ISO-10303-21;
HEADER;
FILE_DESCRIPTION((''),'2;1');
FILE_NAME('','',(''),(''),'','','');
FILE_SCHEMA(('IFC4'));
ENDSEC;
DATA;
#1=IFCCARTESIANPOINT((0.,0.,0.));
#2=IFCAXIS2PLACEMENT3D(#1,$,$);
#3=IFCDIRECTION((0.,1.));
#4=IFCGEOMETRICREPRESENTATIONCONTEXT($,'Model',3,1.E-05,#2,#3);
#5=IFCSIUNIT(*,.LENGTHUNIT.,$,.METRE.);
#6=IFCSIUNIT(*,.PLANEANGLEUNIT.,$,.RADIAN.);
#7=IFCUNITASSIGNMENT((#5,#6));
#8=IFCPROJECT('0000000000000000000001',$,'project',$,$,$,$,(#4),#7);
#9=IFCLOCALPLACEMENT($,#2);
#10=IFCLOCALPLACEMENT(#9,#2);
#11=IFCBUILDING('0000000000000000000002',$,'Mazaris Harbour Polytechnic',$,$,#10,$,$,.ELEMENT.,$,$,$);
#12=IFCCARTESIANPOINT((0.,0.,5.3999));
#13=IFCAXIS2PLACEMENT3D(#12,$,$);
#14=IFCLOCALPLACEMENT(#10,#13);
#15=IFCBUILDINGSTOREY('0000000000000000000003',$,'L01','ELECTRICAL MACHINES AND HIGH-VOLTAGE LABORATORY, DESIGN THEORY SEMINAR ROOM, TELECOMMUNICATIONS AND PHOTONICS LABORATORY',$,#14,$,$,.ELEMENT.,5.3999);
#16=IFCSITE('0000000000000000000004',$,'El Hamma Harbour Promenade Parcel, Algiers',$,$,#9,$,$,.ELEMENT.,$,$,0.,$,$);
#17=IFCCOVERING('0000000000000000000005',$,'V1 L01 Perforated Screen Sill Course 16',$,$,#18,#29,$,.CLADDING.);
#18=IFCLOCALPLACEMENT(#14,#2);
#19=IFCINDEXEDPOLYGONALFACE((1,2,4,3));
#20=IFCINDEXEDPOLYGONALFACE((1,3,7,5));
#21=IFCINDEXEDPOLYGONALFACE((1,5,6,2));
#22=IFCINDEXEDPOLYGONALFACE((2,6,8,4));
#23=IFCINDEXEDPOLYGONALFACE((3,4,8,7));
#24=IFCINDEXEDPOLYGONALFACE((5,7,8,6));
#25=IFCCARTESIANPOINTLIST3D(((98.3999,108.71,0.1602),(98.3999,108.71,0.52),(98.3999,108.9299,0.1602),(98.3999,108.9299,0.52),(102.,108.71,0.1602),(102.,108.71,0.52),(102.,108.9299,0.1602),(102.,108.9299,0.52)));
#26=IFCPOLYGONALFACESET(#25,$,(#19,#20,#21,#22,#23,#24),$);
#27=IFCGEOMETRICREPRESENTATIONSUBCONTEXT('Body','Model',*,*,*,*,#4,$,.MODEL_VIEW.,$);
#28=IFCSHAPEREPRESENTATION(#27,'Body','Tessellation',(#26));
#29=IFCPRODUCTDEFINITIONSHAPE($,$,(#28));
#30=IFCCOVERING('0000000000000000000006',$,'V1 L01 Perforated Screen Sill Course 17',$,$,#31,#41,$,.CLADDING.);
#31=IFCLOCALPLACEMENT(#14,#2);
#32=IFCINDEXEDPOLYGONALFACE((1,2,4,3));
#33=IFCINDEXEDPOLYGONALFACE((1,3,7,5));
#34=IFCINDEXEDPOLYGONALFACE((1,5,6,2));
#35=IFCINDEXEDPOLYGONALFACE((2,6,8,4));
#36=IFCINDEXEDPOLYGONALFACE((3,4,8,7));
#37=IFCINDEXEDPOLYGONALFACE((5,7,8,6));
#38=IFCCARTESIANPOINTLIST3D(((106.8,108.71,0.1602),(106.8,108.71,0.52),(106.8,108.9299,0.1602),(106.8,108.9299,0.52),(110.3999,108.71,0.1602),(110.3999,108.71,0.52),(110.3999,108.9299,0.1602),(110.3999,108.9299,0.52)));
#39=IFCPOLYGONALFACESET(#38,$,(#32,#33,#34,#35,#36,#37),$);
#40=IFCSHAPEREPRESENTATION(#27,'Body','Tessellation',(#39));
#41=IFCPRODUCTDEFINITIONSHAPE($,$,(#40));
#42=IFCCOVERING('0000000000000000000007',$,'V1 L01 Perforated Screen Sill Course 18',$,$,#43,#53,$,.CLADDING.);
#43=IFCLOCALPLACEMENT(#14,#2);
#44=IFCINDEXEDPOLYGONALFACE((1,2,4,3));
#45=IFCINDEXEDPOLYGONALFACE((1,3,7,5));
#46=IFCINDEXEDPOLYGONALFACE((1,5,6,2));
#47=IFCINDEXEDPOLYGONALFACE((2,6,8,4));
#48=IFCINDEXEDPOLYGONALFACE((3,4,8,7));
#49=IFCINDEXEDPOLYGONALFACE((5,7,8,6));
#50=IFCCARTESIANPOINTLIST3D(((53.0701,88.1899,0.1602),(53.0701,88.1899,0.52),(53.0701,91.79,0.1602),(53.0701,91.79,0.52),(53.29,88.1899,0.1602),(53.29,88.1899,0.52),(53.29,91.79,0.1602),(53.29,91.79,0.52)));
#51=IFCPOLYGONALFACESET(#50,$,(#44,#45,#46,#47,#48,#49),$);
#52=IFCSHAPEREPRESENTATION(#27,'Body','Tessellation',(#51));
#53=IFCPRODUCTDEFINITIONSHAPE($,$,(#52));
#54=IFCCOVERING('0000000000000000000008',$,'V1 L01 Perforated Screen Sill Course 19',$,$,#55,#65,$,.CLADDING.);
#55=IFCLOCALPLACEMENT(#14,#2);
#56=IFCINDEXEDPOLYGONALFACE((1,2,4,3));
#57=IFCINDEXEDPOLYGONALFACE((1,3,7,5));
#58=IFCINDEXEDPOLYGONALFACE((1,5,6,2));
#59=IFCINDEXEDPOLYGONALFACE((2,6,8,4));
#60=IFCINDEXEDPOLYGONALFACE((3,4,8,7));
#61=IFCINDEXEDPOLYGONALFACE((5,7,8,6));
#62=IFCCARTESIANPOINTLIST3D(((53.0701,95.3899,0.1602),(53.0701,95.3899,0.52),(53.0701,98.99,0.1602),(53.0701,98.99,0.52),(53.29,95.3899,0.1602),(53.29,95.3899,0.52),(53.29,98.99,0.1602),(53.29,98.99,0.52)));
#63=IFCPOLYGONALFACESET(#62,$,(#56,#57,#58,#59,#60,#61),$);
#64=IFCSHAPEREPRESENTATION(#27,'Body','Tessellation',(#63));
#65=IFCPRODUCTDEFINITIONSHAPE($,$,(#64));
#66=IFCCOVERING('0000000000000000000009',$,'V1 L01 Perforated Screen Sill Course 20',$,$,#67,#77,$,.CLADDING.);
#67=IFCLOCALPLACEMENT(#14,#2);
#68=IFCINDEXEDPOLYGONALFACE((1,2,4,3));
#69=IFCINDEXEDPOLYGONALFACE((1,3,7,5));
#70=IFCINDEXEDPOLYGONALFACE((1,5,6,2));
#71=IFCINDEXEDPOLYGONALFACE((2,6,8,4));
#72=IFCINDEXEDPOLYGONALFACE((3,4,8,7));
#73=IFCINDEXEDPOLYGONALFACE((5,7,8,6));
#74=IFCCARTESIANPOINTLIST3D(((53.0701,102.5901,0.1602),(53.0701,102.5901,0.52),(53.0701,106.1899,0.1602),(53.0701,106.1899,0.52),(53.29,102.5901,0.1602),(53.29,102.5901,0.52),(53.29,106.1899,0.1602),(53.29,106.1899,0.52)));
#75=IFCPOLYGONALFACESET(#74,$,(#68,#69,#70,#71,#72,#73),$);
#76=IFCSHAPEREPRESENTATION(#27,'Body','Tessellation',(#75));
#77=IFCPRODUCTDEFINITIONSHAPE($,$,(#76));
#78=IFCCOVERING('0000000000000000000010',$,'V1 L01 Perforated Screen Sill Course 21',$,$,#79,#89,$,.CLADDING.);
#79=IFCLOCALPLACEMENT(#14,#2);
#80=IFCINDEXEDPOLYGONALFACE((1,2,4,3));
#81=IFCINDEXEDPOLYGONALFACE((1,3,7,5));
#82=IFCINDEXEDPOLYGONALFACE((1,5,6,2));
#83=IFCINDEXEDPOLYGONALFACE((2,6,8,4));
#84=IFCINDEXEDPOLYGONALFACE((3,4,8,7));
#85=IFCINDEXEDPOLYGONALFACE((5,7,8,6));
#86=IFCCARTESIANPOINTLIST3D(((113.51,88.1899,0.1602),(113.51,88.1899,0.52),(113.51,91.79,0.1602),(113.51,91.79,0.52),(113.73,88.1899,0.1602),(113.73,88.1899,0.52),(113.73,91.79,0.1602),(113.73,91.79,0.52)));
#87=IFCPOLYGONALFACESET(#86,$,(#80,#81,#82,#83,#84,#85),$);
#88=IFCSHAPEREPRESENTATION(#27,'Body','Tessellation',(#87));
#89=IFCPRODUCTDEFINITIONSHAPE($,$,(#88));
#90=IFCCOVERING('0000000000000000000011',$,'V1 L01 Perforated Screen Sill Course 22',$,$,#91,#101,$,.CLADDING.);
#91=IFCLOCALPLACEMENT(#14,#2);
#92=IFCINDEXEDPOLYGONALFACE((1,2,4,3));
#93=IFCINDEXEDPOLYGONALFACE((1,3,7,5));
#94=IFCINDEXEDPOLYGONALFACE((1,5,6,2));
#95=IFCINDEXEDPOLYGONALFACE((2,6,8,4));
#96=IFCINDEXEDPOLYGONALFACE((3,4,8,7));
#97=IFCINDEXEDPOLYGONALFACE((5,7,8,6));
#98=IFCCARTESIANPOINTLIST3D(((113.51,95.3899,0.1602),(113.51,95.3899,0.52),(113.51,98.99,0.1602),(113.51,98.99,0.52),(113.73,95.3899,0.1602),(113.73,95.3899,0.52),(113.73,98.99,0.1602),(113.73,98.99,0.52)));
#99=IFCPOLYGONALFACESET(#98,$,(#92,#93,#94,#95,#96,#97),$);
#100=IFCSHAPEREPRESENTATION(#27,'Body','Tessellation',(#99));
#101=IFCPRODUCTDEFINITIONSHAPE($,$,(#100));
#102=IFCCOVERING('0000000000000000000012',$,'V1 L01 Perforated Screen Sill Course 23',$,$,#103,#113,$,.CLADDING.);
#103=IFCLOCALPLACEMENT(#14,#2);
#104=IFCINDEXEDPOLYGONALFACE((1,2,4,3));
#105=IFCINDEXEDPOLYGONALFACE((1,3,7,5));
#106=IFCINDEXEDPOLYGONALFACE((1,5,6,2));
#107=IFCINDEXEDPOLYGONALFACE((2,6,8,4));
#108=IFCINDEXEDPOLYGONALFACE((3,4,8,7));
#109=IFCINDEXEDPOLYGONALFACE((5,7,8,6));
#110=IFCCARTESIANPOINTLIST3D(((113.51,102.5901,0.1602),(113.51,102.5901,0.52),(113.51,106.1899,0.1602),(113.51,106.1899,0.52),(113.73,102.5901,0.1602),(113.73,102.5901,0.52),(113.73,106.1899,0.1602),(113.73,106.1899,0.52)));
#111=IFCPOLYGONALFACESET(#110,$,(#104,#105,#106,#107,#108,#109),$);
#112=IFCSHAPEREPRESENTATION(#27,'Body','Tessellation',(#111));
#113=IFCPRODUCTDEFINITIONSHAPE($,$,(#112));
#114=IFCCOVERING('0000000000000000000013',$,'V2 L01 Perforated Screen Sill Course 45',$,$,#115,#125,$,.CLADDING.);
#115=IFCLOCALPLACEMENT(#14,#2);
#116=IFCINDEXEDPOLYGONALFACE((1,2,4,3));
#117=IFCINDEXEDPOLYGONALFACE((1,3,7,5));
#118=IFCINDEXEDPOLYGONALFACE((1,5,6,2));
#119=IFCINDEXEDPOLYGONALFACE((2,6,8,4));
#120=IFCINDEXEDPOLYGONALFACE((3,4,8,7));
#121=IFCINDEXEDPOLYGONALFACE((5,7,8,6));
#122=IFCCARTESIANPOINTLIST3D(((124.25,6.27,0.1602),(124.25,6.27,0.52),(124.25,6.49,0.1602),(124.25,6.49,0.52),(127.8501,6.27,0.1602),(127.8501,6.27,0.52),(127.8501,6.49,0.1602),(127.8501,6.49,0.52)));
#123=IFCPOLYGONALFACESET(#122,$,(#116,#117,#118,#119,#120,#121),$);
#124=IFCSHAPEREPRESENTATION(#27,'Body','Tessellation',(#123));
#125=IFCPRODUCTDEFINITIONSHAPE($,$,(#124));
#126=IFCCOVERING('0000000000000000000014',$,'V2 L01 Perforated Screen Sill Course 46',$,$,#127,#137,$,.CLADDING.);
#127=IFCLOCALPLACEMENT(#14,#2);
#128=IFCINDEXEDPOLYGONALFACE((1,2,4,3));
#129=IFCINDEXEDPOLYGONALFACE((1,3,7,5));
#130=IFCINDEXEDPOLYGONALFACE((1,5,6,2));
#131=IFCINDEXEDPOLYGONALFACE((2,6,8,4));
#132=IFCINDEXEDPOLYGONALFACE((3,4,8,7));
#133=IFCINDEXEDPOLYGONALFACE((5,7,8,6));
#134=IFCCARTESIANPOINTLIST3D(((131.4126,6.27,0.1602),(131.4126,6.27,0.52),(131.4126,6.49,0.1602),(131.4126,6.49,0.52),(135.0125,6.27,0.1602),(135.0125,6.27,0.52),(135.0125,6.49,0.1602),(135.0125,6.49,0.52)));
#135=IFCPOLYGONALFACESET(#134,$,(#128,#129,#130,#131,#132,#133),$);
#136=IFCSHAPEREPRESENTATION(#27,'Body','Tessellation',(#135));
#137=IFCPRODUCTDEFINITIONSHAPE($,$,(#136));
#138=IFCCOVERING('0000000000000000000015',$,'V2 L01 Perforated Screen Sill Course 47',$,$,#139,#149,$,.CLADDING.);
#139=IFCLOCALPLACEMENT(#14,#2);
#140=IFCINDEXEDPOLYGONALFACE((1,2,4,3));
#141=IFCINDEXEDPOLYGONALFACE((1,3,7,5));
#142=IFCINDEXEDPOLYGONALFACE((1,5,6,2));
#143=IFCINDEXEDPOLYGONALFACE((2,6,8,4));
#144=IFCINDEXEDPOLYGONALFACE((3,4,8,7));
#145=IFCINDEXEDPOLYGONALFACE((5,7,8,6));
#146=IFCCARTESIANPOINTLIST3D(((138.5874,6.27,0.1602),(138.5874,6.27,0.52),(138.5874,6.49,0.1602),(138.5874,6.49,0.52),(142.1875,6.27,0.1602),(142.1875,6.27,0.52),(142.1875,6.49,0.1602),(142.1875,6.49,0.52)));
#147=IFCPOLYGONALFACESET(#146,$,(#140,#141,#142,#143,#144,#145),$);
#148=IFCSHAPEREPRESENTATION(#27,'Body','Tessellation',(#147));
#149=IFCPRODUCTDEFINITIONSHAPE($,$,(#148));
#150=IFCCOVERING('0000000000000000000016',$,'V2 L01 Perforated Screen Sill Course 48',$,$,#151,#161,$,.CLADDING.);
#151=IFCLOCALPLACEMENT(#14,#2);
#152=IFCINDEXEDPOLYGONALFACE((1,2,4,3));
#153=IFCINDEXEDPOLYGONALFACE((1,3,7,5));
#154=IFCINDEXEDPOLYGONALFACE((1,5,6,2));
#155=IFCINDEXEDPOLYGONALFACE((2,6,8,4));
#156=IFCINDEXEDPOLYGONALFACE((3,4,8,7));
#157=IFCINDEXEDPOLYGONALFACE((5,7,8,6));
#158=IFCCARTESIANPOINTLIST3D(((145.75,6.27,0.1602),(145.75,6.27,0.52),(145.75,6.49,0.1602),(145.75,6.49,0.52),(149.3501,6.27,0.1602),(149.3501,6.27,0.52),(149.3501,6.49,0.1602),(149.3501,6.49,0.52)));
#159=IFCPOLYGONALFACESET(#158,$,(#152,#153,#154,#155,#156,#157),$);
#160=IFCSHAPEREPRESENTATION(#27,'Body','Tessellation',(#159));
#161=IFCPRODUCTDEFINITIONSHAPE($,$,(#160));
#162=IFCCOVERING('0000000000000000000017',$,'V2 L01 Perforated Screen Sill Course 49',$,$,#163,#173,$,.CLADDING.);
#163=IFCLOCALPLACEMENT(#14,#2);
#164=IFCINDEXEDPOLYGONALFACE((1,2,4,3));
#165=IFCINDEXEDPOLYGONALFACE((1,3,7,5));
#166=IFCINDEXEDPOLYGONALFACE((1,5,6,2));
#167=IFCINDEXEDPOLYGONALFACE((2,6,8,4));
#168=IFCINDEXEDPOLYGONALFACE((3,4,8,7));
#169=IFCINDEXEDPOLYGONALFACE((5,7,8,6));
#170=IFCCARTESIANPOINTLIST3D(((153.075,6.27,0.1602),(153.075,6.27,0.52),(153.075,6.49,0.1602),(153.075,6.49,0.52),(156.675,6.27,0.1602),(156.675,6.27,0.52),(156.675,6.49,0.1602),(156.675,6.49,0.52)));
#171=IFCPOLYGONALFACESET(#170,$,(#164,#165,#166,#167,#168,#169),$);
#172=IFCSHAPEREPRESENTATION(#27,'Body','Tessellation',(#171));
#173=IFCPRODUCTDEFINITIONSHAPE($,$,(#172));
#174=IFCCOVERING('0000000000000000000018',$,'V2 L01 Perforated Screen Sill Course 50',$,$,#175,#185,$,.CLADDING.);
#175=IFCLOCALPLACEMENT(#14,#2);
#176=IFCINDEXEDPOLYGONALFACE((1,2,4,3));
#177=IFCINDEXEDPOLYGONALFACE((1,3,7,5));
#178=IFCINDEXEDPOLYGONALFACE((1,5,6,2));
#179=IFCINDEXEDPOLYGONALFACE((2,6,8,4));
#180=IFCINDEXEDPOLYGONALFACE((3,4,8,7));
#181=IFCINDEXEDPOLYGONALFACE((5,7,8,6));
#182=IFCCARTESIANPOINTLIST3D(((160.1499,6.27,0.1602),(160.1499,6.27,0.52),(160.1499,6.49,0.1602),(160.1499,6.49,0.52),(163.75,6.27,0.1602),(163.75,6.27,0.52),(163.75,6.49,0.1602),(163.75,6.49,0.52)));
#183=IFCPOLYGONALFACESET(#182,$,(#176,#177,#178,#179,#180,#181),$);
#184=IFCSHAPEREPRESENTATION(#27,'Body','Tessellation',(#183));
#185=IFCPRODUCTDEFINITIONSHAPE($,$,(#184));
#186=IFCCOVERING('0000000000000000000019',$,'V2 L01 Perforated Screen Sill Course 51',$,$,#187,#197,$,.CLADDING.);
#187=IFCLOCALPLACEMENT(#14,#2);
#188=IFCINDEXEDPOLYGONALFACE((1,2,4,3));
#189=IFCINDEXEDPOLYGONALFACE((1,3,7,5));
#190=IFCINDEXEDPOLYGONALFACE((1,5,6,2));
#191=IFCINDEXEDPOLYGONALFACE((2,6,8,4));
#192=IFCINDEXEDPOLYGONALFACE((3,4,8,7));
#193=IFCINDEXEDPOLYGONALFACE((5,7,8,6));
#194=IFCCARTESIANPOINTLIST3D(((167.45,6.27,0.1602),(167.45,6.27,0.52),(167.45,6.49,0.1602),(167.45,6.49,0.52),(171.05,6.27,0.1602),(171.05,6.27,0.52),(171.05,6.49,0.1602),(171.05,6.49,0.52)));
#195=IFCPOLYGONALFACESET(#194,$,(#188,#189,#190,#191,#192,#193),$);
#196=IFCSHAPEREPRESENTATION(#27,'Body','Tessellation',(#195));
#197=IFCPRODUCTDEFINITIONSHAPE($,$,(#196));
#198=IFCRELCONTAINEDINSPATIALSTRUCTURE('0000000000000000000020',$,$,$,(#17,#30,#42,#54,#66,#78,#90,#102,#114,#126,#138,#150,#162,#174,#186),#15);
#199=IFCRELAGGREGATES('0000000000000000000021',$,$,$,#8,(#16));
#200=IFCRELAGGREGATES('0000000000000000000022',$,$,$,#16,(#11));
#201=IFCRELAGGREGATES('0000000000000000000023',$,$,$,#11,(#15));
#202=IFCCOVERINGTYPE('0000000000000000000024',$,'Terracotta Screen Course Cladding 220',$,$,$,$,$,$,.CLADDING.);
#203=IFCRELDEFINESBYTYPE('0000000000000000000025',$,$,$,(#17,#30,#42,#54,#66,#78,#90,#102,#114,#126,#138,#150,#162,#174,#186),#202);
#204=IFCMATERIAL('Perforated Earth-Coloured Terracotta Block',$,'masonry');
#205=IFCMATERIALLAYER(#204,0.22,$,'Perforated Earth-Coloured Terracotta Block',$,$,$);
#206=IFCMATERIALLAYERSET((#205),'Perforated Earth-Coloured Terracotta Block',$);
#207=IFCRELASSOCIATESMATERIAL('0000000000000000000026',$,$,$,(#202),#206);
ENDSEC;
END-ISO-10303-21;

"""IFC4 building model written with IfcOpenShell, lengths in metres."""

from ifc_helpers import new_model, si_unit, direction, frame, origin, place, context, subcontext, project, spatial, polyline, outline, extrude, material, layer, layer_set, type_object, element, save


model = new_model("IFC4")

# Units and contexts
model_context = context("Model", 3, precision=1e-05, world=origin(), true_north=direction((0.0, 1.0)))
body_context = subcontext(model_context, "Body", "Model", "MODEL_VIEW")
ifc_project = project(units=[si_unit("LENGTHUNIT", "METRE"), si_unit("PLANEANGLEUNIT", "RADIAN")], contexts=[model_context])

# Site, building, storey
site_placement = place(None, origin())
site = spatial("IfcSite", under=ifc_project, at=site_placement, Name="El Hamma Harbour Promenade Parcel, Algiers", CompositionType="ELEMENT", RefElevation=0.0)
building_placement = place(site_placement, origin())
building = spatial("IfcBuilding", under=site, at=building_placement, Name="Mazaris Harbour Polytechnic", CompositionType="ELEMENT")
storey_placement = place(building_placement, frame((0.0, 0.0, 5.3999)))
storey = spatial("IfcBuildingStorey", under=building, at=storey_placement, Name="L01", Description="ELECTRICAL MACHINES AND HIGH-VOLTAGE LABORATORY, DESIGN THEORY SEMINAR ROOM, TELECOMMUNICATIONS AND PHOTONICS LABORATORY", CompositionType="ELEMENT", Elevation=5.3999)

# Coverings
ifc_material = material(Name="Perforated Earth-Coloured Terracotta Block", Category="masonry")
ifc_layer = layer(ifc_material, 0.22, Name="Perforated Earth-Coloured Terracotta Block")
ifc_layer_set = layer_set([ifc_layer], Name="Perforated Earth-Coloured Terracotta Block")
covering_type = type_object("IfcCoveringType", Name="Terracotta Screen Course Cladding 220", PredefinedType="CLADDING", material=ifc_layer_set)
covering_1_placement = place(storey_placement, frame((0.0, 0.0, 0.1602)))
element("IfcCovering", 1, at=covering_1_placement, inside=storey, type_object=covering_type, Name="V1 L01 Perforated Screen Sill Course 16", PredefinedType="CLADDING", context=body_context, shape_type="SweptSolid", body=[
    extrude(outline(polyline([(98.3999, 108.71), (102.0, 108.71), (102.0, 108.9299), (98.3999, 108.9299), (98.3999, 108.71)])), origin(), (0.0, 0.0, 1.0), 0.3599),
])
covering_2_placement = place(storey_placement, frame((0.0, 0.0, 0.1602)))
element("IfcCovering", 2, at=covering_2_placement, inside=storey, type_object=covering_type, Name="V1 L01 Perforated Screen Sill Course 17", PredefinedType="CLADDING", context=body_context, shape_type="SweptSolid", body=[
    extrude(outline(polyline([(106.8, 108.71), (110.3999, 108.71), (110.3999, 108.9299), (106.8, 108.9299), (106.8, 108.71)])), origin(), (0.0, 0.0, 1.0), 0.3599),
])
covering_3_placement = place(storey_placement, frame((0.0, 0.0, 0.1602)))
element("IfcCovering", 3, at=covering_3_placement, inside=storey, type_object=covering_type, Name="V1 L01 Perforated Screen Sill Course 18", PredefinedType="CLADDING", context=body_context, shape_type="SweptSolid", body=[
    extrude(outline(polyline([(53.29, 88.1899), (53.29, 91.79), (53.0701, 91.79), (53.0701, 88.1899), (53.29, 88.1899)])), origin(), (0.0, 0.0, 1.0), 0.3599),
])
covering_4_placement = place(storey_placement, frame((0.0, 0.0, 0.1602)))
element("IfcCovering", 4, at=covering_4_placement, inside=storey, type_object=covering_type, Name="V1 L01 Perforated Screen Sill Course 19", PredefinedType="CLADDING", context=body_context, shape_type="SweptSolid", body=[
    extrude(outline(polyline([(53.29, 95.3899), (53.29, 98.99), (53.0701, 98.99), (53.0701, 95.3899), (53.29, 95.3899)])), origin(), (0.0, 0.0, 1.0), 0.3599),
])
covering_5_placement = place(storey_placement, frame((0.0, 0.0, 0.1602)))
element("IfcCovering", 5, at=covering_5_placement, inside=storey, type_object=covering_type, Name="V1 L01 Perforated Screen Sill Course 20", PredefinedType="CLADDING", context=body_context, shape_type="SweptSolid", body=[
    extrude(outline(polyline([(53.29, 102.5901), (53.29, 106.1899), (53.0701, 106.1899), (53.0701, 102.5901), (53.29, 102.5901)])), origin(), (0.0, 0.0, 1.0), 0.3599),
])
covering_6_placement = place(storey_placement, frame((0.0, 0.0, 0.1602)))
element("IfcCovering", 6, at=covering_6_placement, inside=storey, type_object=covering_type, Name="V1 L01 Perforated Screen Sill Course 21", PredefinedType="CLADDING", context=body_context, shape_type="SweptSolid", body=[
    extrude(outline(polyline([(113.51, 91.79), (113.51, 88.1899), (113.73, 88.1899), (113.73, 91.79), (113.51, 91.79)])), origin(), (0.0, 0.0, 1.0), 0.3599),
])
covering_7_placement = place(storey_placement, frame((0.0, 0.0, 0.1602)))
element("IfcCovering", 7, at=covering_7_placement, inside=storey, type_object=covering_type, Name="V1 L01 Perforated Screen Sill Course 22", PredefinedType="CLADDING", context=body_context, shape_type="SweptSolid", body=[
    extrude(outline(polyline([(113.51, 98.99), (113.51, 95.3899), (113.73, 95.3899), (113.73, 98.99), (113.51, 98.99)])), origin(), (0.0, 0.0, 1.0), 0.3599),
])
covering_8_placement = place(storey_placement, frame((0.0, 0.0, 0.1602)))
element("IfcCovering", 8, at=covering_8_placement, inside=storey, type_object=covering_type, Name="V1 L01 Perforated Screen Sill Course 23", PredefinedType="CLADDING", context=body_context, shape_type="SweptSolid", body=[
    extrude(outline(polyline([(113.51, 106.1899), (113.51, 102.5901), (113.73, 102.5901), (113.73, 106.1899), (113.51, 106.1899)])), origin(), (0.0, 0.0, 1.0), 0.3599),
])
covering_9_placement = place(storey_placement, frame((0.0, 0.0, 0.1602)))
element("IfcCovering", 9, at=covering_9_placement, inside=storey, type_object=covering_type, Name="V2 L01 Perforated Screen Sill Course 45", PredefinedType="CLADDING", context=body_context, shape_type="SweptSolid", body=[
    extrude(outline(polyline([(127.8501, 6.49), (124.25, 6.49), (124.25, 6.27), (127.8501, 6.27), (127.8501, 6.49)])), origin(), (0.0, 0.0, 1.0), 0.3599),
])
covering_10_placement = place(storey_placement, frame((0.0, 0.0, 0.1602)))
element("IfcCovering", 10, at=covering_10_placement, inside=storey, type_object=covering_type, Name="V2 L01 Perforated Screen Sill Course 46", PredefinedType="CLADDING", context=body_context, shape_type="SweptSolid", body=[
    extrude(outline(polyline([(135.0125, 6.49), (131.4126, 6.49), (131.4126, 6.27), (135.0125, 6.27), (135.0125, 6.49)])), origin(), (0.0, 0.0, 1.0), 0.3599),
])
covering_11_placement = place(storey_placement, frame((0.0, 0.0, 0.1602)))
element("IfcCovering", 11, at=covering_11_placement, inside=storey, type_object=covering_type, Name="V2 L01 Perforated Screen Sill Course 47", PredefinedType="CLADDING", context=body_context, shape_type="SweptSolid", body=[
    extrude(outline(polyline([(142.1875, 6.49), (138.5874, 6.49), (138.5874, 6.27), (142.1875, 6.27), (142.1875, 6.49)])), origin(), (0.0, 0.0, 1.0), 0.3599),
])
covering_12_placement = place(storey_placement, frame((0.0, 0.0, 0.1602)))
element("IfcCovering", 12, at=covering_12_placement, inside=storey, type_object=covering_type, Name="V2 L01 Perforated Screen Sill Course 48", PredefinedType="CLADDING", context=body_context, shape_type="SweptSolid", body=[
    extrude(outline(polyline([(149.3501, 6.49), (145.75, 6.49), (145.75, 6.27), (149.3501, 6.27), (149.3501, 6.49)])), origin(), (0.0, 0.0, 1.0), 0.3599),
])
covering_13_placement = place(storey_placement, frame((0.0, 0.0, 0.1602)))
element("IfcCovering", 13, at=covering_13_placement, inside=storey, type_object=covering_type, Name="V2 L01 Perforated Screen Sill Course 49", PredefinedType="CLADDING", context=body_context, shape_type="SweptSolid", body=[
    extrude(outline(polyline([(156.675, 6.49), (153.075, 6.49), (153.075, 6.27), (156.675, 6.27), (156.675, 6.49)])), origin(), (0.0, 0.0, 1.0), 0.3599),
])
covering_14_placement = place(storey_placement, frame((0.0, 0.0, 0.1602)))
element("IfcCovering", 14, at=covering_14_placement, inside=storey, type_object=covering_type, Name="V2 L01 Perforated Screen Sill Course 50", PredefinedType="CLADDING", context=body_context, shape_type="SweptSolid", body=[
    extrude(outline(polyline([(163.75, 6.49), (160.1499, 6.49), (160.1499, 6.27), (163.75, 6.27), (163.75, 6.49)])), origin(), (0.0, 0.0, 1.0), 0.3599),
])
covering_15_placement = place(storey_placement, frame((0.0, 0.0, 0.1602)))
element("IfcCovering", 15, at=covering_15_placement, inside=storey, type_object=covering_type, Name="V2 L01 Perforated Screen Sill Course 51", PredefinedType="CLADDING", context=body_context, shape_type="SweptSolid", body=[
    extrude(outline(polyline([(171.05, 6.49), (167.45, 6.49), (167.45, 6.27), (171.05, 6.27), (171.05, 6.49)])), origin(), (0.0, 0.0, 1.0), 0.3599),
])

save(model, "model.ifc")
